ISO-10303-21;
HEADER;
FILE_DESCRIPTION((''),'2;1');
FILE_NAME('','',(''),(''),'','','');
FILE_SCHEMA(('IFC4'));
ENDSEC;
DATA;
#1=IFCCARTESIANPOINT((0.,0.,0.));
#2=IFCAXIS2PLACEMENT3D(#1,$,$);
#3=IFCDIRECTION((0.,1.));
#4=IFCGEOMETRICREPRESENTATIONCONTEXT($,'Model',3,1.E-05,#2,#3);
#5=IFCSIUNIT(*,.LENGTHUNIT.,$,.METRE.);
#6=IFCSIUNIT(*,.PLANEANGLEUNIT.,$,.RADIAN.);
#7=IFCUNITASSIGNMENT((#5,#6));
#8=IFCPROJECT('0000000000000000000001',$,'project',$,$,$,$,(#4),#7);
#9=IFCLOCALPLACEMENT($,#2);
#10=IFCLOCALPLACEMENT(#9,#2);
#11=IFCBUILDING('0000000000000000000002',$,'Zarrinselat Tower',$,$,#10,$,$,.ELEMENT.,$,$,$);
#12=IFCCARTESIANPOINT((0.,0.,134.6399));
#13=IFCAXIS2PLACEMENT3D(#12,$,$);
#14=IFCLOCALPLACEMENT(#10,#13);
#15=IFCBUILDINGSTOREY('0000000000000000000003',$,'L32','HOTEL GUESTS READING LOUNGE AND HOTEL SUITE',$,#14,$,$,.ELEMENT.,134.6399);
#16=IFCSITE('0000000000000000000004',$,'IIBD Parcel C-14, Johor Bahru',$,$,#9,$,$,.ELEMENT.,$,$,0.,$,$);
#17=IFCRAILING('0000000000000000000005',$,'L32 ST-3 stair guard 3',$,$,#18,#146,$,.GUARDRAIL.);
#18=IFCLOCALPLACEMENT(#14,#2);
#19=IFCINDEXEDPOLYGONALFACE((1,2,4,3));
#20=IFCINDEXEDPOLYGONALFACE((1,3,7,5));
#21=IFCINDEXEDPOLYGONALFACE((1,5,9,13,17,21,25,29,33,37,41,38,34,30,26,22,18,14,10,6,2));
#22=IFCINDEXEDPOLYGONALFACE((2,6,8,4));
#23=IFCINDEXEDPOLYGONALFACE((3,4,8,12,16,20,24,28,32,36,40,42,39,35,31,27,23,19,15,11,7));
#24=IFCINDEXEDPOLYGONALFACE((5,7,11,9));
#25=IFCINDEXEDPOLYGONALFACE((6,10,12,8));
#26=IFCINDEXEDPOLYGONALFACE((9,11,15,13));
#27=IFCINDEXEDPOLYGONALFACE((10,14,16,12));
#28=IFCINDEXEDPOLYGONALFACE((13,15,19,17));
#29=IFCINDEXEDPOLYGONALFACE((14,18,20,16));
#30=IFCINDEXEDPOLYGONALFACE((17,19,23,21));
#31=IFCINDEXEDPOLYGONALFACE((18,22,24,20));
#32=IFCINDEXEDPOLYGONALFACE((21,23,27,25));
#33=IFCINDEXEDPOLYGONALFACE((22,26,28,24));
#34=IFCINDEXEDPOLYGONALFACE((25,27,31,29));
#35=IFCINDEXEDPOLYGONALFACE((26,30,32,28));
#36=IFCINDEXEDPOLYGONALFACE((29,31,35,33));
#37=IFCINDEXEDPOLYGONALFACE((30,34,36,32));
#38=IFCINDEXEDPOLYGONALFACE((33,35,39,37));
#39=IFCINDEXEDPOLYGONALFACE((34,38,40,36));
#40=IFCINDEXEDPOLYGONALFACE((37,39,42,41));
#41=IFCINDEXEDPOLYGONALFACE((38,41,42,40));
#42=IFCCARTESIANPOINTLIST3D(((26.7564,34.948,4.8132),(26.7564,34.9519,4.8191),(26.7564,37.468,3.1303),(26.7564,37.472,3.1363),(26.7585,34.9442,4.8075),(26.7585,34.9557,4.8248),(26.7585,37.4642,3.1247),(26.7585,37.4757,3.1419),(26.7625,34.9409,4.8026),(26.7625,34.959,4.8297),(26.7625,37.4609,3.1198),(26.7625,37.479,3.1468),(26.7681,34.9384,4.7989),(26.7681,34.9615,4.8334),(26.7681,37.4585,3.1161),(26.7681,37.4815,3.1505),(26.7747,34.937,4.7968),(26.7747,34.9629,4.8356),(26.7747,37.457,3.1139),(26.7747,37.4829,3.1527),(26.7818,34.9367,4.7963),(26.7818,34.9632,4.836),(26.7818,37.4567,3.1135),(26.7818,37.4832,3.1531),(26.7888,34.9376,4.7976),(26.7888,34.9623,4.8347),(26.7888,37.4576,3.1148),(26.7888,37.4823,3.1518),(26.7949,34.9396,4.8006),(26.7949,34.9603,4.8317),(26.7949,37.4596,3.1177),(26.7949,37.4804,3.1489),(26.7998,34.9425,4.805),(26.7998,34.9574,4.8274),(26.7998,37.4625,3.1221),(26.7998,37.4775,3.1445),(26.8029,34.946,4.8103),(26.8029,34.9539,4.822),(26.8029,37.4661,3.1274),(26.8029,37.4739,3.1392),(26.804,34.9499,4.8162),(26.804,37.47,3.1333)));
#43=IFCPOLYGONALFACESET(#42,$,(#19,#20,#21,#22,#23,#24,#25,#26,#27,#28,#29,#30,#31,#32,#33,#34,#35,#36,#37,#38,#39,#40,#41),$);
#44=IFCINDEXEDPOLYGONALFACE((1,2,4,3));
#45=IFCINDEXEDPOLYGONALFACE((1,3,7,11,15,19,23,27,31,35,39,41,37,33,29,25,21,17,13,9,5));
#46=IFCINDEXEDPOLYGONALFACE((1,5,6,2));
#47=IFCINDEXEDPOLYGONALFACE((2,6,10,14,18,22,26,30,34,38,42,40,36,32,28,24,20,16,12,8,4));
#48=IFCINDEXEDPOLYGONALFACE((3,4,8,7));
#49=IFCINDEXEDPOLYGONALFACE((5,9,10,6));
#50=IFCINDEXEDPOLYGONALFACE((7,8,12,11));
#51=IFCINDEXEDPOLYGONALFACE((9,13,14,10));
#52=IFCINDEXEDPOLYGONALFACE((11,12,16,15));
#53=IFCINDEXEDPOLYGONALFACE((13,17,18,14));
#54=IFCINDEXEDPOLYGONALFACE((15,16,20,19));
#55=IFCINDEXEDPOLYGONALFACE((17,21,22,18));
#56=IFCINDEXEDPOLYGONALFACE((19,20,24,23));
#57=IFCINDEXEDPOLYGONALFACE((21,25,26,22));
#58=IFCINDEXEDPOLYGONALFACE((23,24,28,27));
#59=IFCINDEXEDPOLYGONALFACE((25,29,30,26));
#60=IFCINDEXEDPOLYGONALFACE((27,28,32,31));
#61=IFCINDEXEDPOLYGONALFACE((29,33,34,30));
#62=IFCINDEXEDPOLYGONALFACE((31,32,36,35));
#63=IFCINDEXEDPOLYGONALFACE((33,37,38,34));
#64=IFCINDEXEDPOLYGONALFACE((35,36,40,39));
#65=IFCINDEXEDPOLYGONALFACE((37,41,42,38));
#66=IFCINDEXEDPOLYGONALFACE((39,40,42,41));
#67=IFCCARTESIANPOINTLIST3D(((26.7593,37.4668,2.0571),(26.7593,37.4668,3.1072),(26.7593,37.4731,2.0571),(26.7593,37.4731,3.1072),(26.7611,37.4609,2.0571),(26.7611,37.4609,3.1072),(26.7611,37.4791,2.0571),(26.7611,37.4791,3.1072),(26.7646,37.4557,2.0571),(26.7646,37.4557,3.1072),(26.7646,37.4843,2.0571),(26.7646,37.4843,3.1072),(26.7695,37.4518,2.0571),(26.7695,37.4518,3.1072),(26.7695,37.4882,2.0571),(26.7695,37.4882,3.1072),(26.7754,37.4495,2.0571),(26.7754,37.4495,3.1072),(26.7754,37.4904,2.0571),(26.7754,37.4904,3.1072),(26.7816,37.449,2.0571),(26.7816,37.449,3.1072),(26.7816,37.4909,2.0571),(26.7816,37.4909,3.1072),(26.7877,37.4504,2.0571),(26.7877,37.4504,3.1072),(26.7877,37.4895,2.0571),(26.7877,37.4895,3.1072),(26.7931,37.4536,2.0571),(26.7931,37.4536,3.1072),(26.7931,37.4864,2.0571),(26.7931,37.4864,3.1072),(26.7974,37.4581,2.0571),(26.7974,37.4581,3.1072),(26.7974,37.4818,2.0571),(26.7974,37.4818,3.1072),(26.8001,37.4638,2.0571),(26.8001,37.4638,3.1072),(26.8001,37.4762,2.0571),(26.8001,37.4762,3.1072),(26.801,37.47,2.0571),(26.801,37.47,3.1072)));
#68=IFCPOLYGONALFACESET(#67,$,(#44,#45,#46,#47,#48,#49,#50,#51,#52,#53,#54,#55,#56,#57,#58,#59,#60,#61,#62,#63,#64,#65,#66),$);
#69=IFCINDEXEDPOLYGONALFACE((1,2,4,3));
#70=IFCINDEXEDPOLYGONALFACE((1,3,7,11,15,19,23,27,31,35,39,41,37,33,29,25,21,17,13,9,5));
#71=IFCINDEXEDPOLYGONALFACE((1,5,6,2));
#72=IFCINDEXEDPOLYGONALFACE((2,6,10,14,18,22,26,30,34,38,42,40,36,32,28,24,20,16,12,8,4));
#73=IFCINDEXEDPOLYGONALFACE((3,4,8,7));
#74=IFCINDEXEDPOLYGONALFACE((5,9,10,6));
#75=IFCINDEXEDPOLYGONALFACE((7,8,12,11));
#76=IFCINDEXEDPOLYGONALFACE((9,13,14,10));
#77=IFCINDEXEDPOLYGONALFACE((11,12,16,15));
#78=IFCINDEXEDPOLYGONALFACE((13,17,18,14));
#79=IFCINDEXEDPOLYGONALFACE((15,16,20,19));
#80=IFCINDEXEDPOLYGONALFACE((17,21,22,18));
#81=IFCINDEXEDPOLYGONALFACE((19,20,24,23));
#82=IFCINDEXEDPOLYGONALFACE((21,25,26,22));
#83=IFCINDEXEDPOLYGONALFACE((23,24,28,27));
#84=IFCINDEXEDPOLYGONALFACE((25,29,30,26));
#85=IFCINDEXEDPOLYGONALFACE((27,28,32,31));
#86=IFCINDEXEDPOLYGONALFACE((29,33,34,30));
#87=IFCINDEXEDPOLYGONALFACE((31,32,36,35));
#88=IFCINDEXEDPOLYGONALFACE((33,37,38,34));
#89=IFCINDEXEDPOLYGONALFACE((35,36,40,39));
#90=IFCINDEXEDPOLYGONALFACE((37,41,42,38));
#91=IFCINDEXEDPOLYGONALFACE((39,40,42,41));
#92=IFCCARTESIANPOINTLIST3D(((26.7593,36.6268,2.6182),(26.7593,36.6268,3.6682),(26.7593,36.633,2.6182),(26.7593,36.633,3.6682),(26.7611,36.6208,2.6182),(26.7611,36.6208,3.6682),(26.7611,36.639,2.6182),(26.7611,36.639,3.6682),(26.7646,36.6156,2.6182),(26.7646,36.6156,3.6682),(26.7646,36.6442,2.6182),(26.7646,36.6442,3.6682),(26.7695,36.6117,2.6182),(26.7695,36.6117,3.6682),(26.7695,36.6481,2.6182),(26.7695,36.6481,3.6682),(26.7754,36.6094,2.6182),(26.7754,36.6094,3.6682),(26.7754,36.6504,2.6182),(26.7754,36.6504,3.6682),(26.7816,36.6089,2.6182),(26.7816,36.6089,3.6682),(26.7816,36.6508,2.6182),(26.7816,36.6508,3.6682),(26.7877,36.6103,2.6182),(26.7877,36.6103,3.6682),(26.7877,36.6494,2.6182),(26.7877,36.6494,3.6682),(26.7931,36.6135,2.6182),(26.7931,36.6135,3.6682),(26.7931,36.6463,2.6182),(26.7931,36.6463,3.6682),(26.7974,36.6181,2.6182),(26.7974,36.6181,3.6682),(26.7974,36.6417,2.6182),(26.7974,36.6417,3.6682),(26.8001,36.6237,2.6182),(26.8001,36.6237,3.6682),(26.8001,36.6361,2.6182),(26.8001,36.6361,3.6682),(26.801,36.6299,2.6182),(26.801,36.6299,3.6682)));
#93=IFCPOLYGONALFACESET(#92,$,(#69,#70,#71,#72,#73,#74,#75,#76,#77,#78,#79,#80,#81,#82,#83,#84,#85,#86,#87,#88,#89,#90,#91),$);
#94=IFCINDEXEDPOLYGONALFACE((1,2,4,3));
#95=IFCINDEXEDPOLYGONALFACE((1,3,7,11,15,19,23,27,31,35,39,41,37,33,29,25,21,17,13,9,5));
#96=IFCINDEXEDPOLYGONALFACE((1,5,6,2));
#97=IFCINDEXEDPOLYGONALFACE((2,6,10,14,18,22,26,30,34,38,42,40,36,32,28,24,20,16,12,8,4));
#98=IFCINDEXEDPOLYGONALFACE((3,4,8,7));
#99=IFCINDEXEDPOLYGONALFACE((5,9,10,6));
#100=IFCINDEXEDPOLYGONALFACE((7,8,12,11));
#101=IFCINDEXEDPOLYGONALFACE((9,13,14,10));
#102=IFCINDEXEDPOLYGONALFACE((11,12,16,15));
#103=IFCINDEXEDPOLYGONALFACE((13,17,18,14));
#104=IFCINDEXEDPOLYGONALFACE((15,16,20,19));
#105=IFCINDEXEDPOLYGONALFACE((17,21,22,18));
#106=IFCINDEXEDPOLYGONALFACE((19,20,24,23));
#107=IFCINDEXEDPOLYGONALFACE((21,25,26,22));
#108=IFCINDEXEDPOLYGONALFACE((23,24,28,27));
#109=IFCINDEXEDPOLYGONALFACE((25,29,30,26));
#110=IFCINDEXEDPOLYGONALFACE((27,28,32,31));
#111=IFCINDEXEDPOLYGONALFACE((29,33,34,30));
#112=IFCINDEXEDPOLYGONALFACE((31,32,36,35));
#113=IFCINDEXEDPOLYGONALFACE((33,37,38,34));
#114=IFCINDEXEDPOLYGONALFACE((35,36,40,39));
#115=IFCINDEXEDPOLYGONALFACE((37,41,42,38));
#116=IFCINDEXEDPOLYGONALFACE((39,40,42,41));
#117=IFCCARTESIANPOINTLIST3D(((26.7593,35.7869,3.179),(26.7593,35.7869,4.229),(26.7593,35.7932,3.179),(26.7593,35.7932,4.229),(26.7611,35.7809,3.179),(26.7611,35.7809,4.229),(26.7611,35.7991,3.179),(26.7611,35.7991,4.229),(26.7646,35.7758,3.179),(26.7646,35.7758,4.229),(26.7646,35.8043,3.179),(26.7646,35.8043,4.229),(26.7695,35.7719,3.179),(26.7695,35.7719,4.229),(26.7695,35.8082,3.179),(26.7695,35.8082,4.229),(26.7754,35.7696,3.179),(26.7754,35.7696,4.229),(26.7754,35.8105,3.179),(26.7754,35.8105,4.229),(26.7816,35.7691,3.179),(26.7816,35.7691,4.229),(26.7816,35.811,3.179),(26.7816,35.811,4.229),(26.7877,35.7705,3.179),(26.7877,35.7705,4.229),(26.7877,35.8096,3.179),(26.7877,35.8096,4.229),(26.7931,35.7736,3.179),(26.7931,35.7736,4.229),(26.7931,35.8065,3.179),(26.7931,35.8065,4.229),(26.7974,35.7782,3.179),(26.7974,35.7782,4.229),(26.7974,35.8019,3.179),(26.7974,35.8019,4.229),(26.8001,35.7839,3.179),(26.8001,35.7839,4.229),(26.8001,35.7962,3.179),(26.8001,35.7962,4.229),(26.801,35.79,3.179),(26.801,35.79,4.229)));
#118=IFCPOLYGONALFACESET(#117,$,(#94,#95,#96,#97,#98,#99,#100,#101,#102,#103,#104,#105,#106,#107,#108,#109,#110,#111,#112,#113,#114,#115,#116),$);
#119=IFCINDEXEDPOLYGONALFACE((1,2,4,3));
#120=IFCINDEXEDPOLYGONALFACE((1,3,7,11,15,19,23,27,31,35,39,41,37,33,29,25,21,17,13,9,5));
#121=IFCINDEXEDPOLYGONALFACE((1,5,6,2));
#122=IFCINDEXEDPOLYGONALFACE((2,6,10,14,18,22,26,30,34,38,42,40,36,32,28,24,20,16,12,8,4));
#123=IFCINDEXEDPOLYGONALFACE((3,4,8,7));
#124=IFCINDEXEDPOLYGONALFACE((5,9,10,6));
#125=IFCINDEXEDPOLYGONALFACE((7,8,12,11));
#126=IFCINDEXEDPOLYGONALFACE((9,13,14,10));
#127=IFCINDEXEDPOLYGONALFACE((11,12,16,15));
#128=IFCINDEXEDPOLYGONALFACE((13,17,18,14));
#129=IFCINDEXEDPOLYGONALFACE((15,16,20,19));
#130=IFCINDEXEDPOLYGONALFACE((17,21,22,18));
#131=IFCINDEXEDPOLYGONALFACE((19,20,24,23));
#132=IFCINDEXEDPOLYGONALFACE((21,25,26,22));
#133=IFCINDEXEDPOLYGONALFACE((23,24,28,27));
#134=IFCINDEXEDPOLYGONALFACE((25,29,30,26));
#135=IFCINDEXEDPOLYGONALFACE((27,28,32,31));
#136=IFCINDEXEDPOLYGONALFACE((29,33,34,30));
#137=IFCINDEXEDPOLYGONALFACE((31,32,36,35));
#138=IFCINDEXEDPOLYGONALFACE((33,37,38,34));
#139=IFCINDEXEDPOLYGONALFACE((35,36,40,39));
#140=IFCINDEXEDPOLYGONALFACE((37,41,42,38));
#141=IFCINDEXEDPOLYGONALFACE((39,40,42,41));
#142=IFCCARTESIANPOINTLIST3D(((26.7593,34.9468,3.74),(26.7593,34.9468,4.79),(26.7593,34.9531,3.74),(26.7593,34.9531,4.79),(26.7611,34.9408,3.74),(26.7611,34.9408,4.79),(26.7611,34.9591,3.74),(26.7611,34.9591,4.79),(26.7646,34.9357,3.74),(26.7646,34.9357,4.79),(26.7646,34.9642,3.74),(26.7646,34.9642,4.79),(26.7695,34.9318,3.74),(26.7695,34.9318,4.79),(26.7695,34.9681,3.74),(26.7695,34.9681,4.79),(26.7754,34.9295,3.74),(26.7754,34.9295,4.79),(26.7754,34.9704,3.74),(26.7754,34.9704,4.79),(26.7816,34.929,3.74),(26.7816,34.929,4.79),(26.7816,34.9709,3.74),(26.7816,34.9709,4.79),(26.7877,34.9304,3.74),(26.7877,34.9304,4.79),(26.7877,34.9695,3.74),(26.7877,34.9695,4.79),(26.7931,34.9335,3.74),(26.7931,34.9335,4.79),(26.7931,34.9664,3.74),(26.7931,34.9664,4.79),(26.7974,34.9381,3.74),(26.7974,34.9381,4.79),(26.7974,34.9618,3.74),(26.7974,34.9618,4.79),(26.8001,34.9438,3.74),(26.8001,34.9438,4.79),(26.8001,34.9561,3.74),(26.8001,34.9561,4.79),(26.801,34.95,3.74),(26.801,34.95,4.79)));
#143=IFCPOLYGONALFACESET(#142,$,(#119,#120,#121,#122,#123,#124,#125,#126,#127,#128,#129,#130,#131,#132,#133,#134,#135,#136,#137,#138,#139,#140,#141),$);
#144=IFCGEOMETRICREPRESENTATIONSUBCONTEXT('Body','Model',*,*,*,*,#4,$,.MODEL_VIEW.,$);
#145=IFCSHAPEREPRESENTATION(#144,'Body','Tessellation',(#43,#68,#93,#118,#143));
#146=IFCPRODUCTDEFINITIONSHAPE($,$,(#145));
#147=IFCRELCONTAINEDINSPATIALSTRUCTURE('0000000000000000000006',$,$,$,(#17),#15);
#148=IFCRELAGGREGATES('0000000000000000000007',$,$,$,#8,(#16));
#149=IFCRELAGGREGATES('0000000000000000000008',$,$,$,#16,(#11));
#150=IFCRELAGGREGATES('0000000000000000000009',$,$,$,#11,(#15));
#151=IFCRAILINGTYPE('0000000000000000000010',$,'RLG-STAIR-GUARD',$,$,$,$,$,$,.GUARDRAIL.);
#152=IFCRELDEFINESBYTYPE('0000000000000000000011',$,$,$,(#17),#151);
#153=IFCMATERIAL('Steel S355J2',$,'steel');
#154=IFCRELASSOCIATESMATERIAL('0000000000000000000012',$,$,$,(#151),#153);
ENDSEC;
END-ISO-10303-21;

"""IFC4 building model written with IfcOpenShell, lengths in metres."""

from ifc_helpers import new_model, si_unit, direction, frame, origin, origin_2d, place, context, subcontext, project, spatial, circle, extrude, material, type_object, element, save


model = new_model("IFC4")

# Units and contexts
model_context = context("Model", 3, precision=1e-05, world=origin(), true_north=direction((0.0, 1.0)))
body_context = subcontext(model_context, "Body", "Model", "MODEL_VIEW")
ifc_project = project(units=[si_unit("LENGTHUNIT", "METRE"), si_unit("PLANEANGLEUNIT", "RADIAN")], contexts=[model_context])

# Site, building, storey
site_placement = place(None, origin())
site = spatial("IfcSite", under=ifc_project, at=site_placement, Name="IIBD Parcel C-14, Johor Bahru", CompositionType="ELEMENT", RefElevation=0.0)
building_placement = place(site_placement, origin())
building = spatial("IfcBuilding", under=site, at=building_placement, Name="Zarrinselat Tower", CompositionType="ELEMENT")
storey_placement = place(building_placement, frame((0.0, 0.0, 134.6399)))
storey = spatial("IfcBuildingStorey", under=building, at=storey_placement, Name="L32", Description="HOTEL GUESTS READING LOUNGE AND HOTEL SUITE", CompositionType="ELEMENT", Elevation=134.6399)

# Railing
ifc_material_1 = material(Name="Steel S355J2", Category="steel")
railing_type_1 = type_object("IfcRailingType", Name="RLG-STAIR-GUARD", PredefinedType="GUARDRAIL", material=ifc_material_1)
railing_1_placement = place(storey_placement, frame((26.78, 37.47, 2.0571)))
element("IfcRailing", 1, at=railing_1_placement, inside=storey, type_object=railing_type_1, Name="L32 ST-3 stair guard 3", PredefinedType="GUARDRAIL", context=body_context, shape_type="SweptSolid", body=[
    extrude(circle(Radius=0.0239, at=origin_2d()), frame((0.0, 0.0, 1.0762), z_axis=(0.0, -0.831616, 0.555351), x_axis=(1.0, 0.0, 0.0)), (0.0, 0.0, 1.0), 3.0303),
    extrude(circle(Radius=0.021, at=origin_2d()), origin(), (0.0, 0.0, 1.0), 1.05),
    extrude(circle(Radius=0.021, at=origin_2d()), frame((0.0, -0.8401, 0.561)), (0.0, 0.0, 1.0), 1.05),
    extrude(circle(Radius=0.021, at=origin_2d()), frame((0.0, -1.6799, 1.1218)), (0.0, 0.0, 1.0), 1.05),
    extrude(circle(Radius=0.021, at=origin_2d()), frame((0.0, -2.52, 1.6829)), (0.0, 0.0, 1.0), 1.05),
])

save(model, "model.ifc")
